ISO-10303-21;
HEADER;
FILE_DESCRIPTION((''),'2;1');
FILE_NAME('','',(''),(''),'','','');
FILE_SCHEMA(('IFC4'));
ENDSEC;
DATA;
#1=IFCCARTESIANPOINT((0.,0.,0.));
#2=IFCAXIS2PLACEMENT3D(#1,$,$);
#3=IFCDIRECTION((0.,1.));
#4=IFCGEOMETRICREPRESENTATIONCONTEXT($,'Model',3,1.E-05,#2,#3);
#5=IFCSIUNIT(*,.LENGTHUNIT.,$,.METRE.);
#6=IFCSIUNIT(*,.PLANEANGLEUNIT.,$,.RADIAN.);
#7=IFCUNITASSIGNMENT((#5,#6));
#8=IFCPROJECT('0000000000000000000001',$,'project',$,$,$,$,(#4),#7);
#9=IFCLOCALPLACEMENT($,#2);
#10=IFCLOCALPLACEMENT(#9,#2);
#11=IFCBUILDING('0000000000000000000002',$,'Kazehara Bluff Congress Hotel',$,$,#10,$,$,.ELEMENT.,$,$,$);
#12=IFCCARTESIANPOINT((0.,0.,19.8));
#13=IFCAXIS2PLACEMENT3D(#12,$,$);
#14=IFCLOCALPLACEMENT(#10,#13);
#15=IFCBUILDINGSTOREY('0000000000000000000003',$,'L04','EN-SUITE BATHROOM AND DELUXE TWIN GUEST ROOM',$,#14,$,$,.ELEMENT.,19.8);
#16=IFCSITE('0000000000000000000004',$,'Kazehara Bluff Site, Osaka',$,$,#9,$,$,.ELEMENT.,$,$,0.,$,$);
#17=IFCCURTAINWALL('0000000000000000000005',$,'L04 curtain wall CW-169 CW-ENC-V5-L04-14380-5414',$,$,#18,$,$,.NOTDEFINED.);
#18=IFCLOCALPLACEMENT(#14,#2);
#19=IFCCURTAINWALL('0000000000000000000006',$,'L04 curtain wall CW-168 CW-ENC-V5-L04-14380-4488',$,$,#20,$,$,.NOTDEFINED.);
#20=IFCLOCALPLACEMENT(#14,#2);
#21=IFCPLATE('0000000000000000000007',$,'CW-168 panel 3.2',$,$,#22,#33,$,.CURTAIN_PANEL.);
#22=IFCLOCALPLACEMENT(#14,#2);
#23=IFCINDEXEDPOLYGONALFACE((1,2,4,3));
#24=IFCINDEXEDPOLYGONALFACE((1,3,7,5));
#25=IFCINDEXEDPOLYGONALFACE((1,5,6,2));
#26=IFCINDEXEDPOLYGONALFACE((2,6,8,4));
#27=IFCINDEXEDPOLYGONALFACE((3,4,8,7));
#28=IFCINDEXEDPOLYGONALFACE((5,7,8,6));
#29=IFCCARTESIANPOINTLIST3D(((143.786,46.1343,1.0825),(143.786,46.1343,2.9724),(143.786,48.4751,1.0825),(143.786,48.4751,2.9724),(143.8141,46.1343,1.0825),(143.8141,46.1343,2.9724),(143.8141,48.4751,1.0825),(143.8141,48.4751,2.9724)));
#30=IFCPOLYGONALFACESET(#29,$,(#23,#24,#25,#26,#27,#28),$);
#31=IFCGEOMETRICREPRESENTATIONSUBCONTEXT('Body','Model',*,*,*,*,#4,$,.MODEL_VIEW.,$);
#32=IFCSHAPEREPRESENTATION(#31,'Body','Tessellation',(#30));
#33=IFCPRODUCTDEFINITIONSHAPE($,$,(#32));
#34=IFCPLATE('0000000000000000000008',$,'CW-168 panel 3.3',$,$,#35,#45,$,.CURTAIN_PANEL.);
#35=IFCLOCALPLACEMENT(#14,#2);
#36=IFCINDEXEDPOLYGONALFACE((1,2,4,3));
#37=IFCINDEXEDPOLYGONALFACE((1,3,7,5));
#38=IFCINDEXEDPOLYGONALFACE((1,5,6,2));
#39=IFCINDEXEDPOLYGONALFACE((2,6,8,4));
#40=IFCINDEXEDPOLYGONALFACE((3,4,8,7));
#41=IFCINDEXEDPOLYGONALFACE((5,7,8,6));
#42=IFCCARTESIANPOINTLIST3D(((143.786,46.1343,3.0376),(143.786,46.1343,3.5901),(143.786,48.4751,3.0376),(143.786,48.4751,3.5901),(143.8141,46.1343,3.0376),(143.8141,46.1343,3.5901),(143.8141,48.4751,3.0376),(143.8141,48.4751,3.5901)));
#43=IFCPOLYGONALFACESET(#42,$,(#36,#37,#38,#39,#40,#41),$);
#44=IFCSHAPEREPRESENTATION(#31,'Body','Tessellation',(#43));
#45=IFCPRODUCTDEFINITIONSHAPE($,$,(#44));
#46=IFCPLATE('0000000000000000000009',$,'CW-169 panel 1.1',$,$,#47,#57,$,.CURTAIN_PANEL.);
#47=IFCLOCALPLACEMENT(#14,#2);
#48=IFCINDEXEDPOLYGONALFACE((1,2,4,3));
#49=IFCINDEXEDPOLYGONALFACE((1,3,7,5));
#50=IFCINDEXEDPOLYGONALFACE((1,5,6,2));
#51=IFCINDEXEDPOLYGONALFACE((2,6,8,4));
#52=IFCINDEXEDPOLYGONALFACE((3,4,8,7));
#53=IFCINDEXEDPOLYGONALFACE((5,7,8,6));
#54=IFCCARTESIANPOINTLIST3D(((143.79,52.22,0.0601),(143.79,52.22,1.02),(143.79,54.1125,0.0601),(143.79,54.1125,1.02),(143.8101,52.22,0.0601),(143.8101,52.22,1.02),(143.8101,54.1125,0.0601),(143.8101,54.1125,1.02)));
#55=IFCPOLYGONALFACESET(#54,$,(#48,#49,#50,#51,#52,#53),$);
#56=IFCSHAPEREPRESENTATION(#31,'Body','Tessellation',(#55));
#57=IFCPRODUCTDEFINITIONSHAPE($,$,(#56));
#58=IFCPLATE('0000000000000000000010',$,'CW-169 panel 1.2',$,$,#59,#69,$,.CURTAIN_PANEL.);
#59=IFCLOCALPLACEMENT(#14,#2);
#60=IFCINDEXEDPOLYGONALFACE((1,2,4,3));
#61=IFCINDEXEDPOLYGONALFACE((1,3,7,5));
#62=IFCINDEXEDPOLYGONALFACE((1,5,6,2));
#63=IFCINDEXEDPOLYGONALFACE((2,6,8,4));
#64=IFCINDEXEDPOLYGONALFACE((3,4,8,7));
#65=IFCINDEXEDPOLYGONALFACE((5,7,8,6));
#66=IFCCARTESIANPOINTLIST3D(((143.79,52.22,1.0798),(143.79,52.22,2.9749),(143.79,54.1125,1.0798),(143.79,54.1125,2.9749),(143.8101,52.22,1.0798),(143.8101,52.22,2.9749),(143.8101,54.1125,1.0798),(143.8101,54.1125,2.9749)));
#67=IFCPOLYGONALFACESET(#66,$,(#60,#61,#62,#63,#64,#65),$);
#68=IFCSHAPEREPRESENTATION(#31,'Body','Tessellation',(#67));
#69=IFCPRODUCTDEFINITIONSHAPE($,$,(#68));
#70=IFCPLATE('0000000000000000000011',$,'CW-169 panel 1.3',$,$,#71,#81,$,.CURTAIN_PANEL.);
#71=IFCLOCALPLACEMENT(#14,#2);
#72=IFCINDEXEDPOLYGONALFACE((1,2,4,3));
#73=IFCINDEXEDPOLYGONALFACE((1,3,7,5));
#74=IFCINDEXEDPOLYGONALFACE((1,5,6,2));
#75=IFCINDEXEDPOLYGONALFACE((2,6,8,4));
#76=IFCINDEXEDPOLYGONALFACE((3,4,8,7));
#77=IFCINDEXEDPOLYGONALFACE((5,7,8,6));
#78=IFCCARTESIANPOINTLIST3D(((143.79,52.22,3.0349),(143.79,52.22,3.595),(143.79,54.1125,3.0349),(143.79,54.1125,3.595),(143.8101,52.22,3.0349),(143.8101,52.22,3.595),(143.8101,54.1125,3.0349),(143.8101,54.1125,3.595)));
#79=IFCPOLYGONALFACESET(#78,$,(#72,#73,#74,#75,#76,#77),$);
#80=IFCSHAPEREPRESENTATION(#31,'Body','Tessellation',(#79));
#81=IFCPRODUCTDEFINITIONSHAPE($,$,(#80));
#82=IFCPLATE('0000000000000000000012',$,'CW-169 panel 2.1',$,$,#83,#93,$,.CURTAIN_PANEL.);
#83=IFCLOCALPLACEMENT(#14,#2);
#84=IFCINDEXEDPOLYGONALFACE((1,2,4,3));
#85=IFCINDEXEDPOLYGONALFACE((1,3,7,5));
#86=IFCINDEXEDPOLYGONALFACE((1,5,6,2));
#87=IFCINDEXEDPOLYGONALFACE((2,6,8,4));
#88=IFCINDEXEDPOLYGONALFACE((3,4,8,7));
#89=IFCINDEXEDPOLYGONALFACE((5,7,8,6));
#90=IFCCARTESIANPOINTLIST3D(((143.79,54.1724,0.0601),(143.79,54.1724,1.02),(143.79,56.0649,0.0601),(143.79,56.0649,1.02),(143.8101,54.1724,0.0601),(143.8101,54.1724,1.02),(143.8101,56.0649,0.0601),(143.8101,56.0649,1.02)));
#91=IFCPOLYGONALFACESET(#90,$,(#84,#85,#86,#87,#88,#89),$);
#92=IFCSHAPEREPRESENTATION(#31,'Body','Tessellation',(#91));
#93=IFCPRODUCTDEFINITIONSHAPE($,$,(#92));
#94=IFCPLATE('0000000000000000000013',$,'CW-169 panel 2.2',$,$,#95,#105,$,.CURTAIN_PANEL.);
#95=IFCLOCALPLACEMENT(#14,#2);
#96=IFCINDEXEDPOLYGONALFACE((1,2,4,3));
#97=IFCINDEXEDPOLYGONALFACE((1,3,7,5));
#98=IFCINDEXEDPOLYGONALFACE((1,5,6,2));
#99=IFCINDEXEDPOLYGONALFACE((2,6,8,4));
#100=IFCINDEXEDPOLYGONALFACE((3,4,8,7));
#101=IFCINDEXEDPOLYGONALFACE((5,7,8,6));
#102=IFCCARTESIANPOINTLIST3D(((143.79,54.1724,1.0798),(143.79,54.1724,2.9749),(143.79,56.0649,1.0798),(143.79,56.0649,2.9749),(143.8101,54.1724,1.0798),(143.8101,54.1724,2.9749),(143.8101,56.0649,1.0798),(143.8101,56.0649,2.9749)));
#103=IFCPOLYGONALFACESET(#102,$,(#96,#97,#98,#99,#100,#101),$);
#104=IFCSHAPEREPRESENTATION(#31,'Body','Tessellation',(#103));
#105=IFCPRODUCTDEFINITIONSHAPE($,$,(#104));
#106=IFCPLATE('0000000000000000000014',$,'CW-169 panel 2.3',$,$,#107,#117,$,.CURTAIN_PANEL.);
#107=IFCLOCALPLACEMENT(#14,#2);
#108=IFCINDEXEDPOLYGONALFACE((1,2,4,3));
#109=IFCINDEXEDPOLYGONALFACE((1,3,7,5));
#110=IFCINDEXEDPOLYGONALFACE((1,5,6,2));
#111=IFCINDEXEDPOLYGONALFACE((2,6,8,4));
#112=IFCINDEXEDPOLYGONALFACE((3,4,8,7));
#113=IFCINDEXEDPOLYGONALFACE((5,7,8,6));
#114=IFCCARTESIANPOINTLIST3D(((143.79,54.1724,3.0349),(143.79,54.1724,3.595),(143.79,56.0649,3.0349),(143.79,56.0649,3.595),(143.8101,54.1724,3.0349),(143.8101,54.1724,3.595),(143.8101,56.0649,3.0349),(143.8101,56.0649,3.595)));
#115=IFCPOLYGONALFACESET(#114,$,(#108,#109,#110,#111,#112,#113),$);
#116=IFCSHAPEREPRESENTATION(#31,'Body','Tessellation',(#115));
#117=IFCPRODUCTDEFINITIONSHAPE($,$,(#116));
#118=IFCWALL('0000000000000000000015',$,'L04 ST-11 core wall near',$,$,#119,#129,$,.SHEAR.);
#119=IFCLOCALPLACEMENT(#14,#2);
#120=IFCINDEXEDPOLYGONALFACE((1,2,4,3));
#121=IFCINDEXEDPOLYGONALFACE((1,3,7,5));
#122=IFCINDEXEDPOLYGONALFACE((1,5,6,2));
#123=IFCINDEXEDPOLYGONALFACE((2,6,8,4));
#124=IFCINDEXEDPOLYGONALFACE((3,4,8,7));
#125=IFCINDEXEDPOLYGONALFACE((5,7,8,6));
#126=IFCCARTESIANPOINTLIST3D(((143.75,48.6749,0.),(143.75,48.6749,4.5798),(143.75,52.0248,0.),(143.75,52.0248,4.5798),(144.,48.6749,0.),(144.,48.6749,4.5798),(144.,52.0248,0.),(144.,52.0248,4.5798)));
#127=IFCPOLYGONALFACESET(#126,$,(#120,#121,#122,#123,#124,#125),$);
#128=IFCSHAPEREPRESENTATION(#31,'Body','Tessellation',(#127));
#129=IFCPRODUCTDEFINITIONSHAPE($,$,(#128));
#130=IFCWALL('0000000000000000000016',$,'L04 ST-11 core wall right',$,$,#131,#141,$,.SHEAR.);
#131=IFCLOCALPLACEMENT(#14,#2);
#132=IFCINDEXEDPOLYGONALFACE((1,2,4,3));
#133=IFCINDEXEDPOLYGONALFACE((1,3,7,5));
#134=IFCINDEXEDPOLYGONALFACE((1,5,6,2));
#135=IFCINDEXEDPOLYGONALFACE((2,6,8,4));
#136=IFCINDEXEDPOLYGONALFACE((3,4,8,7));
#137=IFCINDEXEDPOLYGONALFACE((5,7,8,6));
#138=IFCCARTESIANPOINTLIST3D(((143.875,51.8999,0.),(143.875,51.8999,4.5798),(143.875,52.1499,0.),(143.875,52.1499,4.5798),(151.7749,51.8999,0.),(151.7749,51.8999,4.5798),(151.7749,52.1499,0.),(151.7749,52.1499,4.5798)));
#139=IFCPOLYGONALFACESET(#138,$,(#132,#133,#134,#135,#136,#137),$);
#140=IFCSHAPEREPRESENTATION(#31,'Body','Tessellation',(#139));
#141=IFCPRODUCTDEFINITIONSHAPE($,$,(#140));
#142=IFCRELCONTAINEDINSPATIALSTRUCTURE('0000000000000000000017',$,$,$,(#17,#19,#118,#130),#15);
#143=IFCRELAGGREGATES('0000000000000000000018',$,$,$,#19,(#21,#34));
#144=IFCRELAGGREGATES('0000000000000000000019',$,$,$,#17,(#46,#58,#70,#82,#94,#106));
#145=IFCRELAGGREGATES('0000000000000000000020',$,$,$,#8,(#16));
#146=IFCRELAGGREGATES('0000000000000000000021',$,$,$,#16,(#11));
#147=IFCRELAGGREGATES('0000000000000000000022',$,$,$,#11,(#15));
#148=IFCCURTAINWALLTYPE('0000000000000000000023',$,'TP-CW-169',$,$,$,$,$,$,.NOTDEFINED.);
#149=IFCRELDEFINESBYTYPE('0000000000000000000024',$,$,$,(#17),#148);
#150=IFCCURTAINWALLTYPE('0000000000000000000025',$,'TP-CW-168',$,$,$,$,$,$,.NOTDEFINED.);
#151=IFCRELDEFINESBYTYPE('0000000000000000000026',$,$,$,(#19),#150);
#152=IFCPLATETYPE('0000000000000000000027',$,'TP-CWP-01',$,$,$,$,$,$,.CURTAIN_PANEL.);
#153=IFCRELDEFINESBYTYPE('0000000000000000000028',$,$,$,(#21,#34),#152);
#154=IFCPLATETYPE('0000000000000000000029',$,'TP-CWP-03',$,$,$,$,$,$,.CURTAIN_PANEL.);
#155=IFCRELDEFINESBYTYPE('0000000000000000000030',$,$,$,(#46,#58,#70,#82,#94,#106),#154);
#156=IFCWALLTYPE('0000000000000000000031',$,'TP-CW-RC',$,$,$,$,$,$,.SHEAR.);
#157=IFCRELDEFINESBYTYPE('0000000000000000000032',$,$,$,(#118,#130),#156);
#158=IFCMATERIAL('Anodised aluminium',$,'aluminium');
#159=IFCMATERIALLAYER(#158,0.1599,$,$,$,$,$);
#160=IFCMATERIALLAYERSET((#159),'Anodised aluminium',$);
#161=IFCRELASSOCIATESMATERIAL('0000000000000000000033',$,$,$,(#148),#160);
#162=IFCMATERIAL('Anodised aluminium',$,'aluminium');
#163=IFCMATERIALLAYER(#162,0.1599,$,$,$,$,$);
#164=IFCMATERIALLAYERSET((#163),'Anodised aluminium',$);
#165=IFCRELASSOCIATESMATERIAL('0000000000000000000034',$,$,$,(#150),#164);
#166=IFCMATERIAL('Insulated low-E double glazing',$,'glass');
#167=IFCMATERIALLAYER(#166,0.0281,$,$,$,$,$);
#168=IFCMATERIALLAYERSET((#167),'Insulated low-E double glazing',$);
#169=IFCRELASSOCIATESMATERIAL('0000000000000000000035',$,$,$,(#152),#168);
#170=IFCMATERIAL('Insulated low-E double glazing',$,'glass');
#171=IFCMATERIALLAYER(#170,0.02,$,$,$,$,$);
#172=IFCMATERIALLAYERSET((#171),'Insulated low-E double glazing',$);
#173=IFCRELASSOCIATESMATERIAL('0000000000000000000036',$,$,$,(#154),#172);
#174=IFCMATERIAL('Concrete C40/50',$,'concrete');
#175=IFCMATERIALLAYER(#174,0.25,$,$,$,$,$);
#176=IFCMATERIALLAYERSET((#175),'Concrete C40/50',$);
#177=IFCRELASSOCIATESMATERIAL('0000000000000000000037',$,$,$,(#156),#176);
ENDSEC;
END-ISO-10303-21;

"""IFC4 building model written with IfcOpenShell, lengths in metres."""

from ifc_helpers import new_model, si_unit, direction, frame, frame_2d, origin, origin_2d, place, context, subcontext, project, spatial, rectangle, extrude, material, layer, layer_set, type_object, element, aggregate, save


model = new_model("IFC4")

# Units and contexts
model_context = context("Model", 3, precision=1e-05, world=origin(), true_north=direction((0.0, 1.0)))
body_context = subcontext(model_context, "Body", "Model", "MODEL_VIEW")
ifc_project = project(units=[si_unit("LENGTHUNIT", "METRE"), si_unit("PLANEANGLEUNIT", "RADIAN")], contexts=[model_context])

# Site, building, storey
site_placement = place(None, origin())
site = spatial("IfcSite", under=ifc_project, at=site_placement, Name="Kazehara Bluff Site, Osaka", CompositionType="ELEMENT", RefElevation=0.0)
building_placement = place(site_placement, origin())
building = spatial("IfcBuilding", under=site, at=building_placement, Name="Kazehara Bluff Congress Hotel", CompositionType="ELEMENT")
storey_placement = place(building_placement, frame((0.0, 0.0, 19.8)))
storey = spatial("IfcBuildingStorey", under=building, at=storey_placement, Name="L04", Description="EN-SUITE BATHROOM AND DELUXE TWIN GUEST ROOM", CompositionType="ELEMENT", Elevation=19.8)

# Curtain walls
ifc_material_1 = material(Name="Anodised aluminium", Category="aluminium")
ifc_layer_1 = layer(ifc_material_1, 0.1599)
ifc_layer_set_1 = layer_set([ifc_layer_1], Name="Anodised aluminium")
curtain_wall_type_1 = type_object("IfcCurtainWallType", Name="TP-CW-169", PredefinedType="NOTDEFINED", material=ifc_layer_set_1)
curtain_wall_1_placement = place(storey_placement, origin())
curtain_wall_1 = element("IfcCurtainWall", 1, at=curtain_wall_1_placement, inside=storey, type_object=curtain_wall_type_1, Name="L04 curtain wall CW-169 CW-ENC-V5-L04-14380-5414", PredefinedType="NOTDEFINED")
ifc_material_2 = material(Name="Anodised aluminium", Category="aluminium")
ifc_layer_2 = layer(ifc_material_2, 0.1599)
ifc_layer_set_2 = layer_set([ifc_layer_2], Name="Anodised aluminium")
curtain_wall_type_2 = type_object("IfcCurtainWallType", Name="TP-CW-168", PredefinedType="NOTDEFINED", material=ifc_layer_set_2)
curtain_wall_2_placement = place(storey_placement, origin())
curtain_wall_2 = element("IfcCurtainWall", 2, at=curtain_wall_2_placement, inside=storey, type_object=curtain_wall_type_2, Name="L04 curtain wall CW-168 CW-ENC-V5-L04-14380-4488", PredefinedType="NOTDEFINED")

# Plates
ifc_material_3 = material(Name="Insulated low-E double glazing", Category="glass")
ifc_layer_3 = layer(ifc_material_3, 0.0281)
ifc_layer_set_3 = layer_set([ifc_layer_3], Name="Insulated low-E double glazing")
plate_type_1 = type_object("IfcPlateType", Name="TP-CWP-01", PredefinedType="CURTAIN_PANEL", material=ifc_layer_set_3)
plate_1_placement = place(storey_placement, frame((143.8, 47.3047, 1.0825), z_axis=(0.0, 0.0, 1.0), x_axis=(0.0, 1.0, 0.0)))
plate_1 = element("IfcPlate", 3, at=plate_1_placement, type_object=plate_type_1, Name="CW-168 panel 3.2", PredefinedType="CURTAIN_PANEL", context=body_context, shape_type="SweptSolid", body=[
    extrude(rectangle(XDim=2.3408, YDim=0.0281, at=origin_2d()), origin(), (0.0, 0.0, 1.0), 1.8899),
])
plate_2_placement = place(storey_placement, frame((143.8, 47.3047, 3.0376), z_axis=(0.0, 0.0, 1.0), x_axis=(0.0, 1.0, 0.0)))
plate_2 = element("IfcPlate", 4, at=plate_2_placement, type_object=plate_type_1, Name="CW-168 panel 3.3", PredefinedType="CURTAIN_PANEL", context=body_context, shape_type="SweptSolid", body=[
    extrude(rectangle(XDim=2.3408, YDim=0.0281, at=origin_2d()), origin(), (0.0, 0.0, 1.0), 0.5525),
])
aggregate(curtain_wall_2, [plate_1, plate_2])
ifc_material_4 = material(Name="Insulated low-E double glazing", Category="glass")
ifc_layer_4 = layer(ifc_material_4, 0.02)
ifc_layer_set_4 = layer_set([ifc_layer_4], Name="Insulated low-E double glazing")
plate_type_2 = type_object("IfcPlateType", Name="TP-CWP-03", PredefinedType="CURTAIN_PANEL", material=ifc_layer_set_4)
plate_3_placement = place(storey_placement, frame((143.8, 53.1663, 0.0601), z_axis=(0.0, 0.0, 1.0), x_axis=(0.0, 1.0, 0.0)))
plate_3 = element("IfcPlate", 5, at=plate_3_placement, type_object=plate_type_2, Name="CW-169 panel 1.1", PredefinedType="CURTAIN_PANEL", context=body_context, shape_type="SweptSolid", body=[
    extrude(rectangle(XDim=1.8926, YDim=0.02, at=origin_2d()), origin(), (0.0, 0.0, 1.0), 0.96),
])
plate_4_placement = place(storey_placement, frame((143.8, 53.1663, 1.0798), z_axis=(0.0, 0.0, 1.0), x_axis=(0.0, 1.0, 0.0)))
plate_4 = element("IfcPlate", 6, at=plate_4_placement, type_object=plate_type_2, Name="CW-169 panel 1.2", PredefinedType="CURTAIN_PANEL", context=body_context, shape_type="SweptSolid", body=[
    extrude(rectangle(XDim=1.8926, YDim=0.02, at=origin_2d()), origin(), (0.0, 0.0, 1.0), 1.895),
])
plate_5_placement = place(storey_placement, frame((143.8, 53.1663, 3.0349), z_axis=(0.0, 0.0, 1.0), x_axis=(0.0, 1.0, 0.0)))
plate_5 = element("IfcPlate", 7, at=plate_5_placement, type_object=plate_type_2, Name="CW-169 panel 1.3", PredefinedType="CURTAIN_PANEL", context=body_context, shape_type="SweptSolid", body=[
    extrude(rectangle(XDim=1.8926, YDim=0.02, at=origin_2d()), origin(), (0.0, 0.0, 1.0), 0.5601),
])
plate_6_placement = place(storey_placement, frame((143.8, 55.1187, 0.0601), z_axis=(0.0, 0.0, 1.0), x_axis=(0.0, 1.0, 0.0)))
plate_6 = element("IfcPlate", 8, at=plate_6_placement, type_object=plate_type_2, Name="CW-169 panel 2.1", PredefinedType="CURTAIN_PANEL", context=body_context, shape_type="SweptSolid", body=[
    extrude(rectangle(XDim=1.8926, YDim=0.02, at=origin_2d()), origin(), (0.0, 0.0, 1.0), 0.96),
])
plate_7_placement = place(storey_placement, frame((143.8, 55.1187, 1.0798), z_axis=(0.0, 0.0, 1.0), x_axis=(0.0, 1.0, 0.0)))
plate_7 = element("IfcPlate", 9, at=plate_7_placement, type_object=plate_type_2, Name="CW-169 panel 2.2", PredefinedType="CURTAIN_PANEL", context=body_context, shape_type="SweptSolid", body=[
    extrude(rectangle(XDim=1.8926, YDim=0.02, at=origin_2d()), origin(), (0.0, 0.0, 1.0), 1.895),
])
plate_8_placement = place(storey_placement, frame((143.8, 55.1187, 3.0349), z_axis=(0.0, 0.0, 1.0), x_axis=(0.0, 1.0, 0.0)))
plate_8 = element("IfcPlate", 10, at=plate_8_placement, type_object=plate_type_2, Name="CW-169 panel 2.3", PredefinedType="CURTAIN_PANEL", context=body_context, shape_type="SweptSolid", body=[
    extrude(rectangle(XDim=1.8926, YDim=0.02, at=origin_2d()), origin(), (0.0, 0.0, 1.0), 0.5601),
])
aggregate(curtain_wall_1, [plate_3, plate_4, plate_5, plate_6, plate_7, plate_8])

# Walls
ifc_material_5 = material(Name="Concrete C40/50", Category="concrete")
ifc_layer_5 = layer(ifc_material_5, 0.25)
ifc_layer_set_5 = layer_set([ifc_layer_5], Name="Concrete C40/50")
wall_type = type_object("IfcWallType", Name="TP-CW-RC", PredefinedType="SHEAR", material=ifc_layer_set_5)
wall_1_placement = place(storey_placement, frame((143.875, 48.675, 0.0), z_axis=(0.0, 0.0, 1.0), x_axis=(0.0, 1.0, 0.0)))
element("IfcWall", 11, at=wall_1_placement, inside=storey, type_object=wall_type, Name="L04 ST-11 core wall near", PredefinedType="SHEAR", context=body_context, shape_type="SweptSolid", body=[
    extrude(rectangle(XDim=3.3499, YDim=0.25, at=frame_2d((1.6748, 0.0))), origin(), (0.0, 0.0, 1.0), 4.5798),
])
wall_2_placement = place(storey_placement, frame((143.875, 52.0249, 0.0), z_axis=(0.0, 0.0, 1.0), x_axis=(1.0, 0.0, 0.0)))
element("IfcWall", 12, at=wall_2_placement, inside=storey, type_object=wall_type, Name="L04 ST-11 core wall right", PredefinedType="SHEAR", context=body_context, shape_type="SweptSolid", body=[
    extrude(rectangle(XDim=7.8999, YDim=0.25, at=frame_2d((3.95, 0.0))), origin(), (0.0, 0.0, 1.0), 4.5798),
])

save(model, "model.ifc")
